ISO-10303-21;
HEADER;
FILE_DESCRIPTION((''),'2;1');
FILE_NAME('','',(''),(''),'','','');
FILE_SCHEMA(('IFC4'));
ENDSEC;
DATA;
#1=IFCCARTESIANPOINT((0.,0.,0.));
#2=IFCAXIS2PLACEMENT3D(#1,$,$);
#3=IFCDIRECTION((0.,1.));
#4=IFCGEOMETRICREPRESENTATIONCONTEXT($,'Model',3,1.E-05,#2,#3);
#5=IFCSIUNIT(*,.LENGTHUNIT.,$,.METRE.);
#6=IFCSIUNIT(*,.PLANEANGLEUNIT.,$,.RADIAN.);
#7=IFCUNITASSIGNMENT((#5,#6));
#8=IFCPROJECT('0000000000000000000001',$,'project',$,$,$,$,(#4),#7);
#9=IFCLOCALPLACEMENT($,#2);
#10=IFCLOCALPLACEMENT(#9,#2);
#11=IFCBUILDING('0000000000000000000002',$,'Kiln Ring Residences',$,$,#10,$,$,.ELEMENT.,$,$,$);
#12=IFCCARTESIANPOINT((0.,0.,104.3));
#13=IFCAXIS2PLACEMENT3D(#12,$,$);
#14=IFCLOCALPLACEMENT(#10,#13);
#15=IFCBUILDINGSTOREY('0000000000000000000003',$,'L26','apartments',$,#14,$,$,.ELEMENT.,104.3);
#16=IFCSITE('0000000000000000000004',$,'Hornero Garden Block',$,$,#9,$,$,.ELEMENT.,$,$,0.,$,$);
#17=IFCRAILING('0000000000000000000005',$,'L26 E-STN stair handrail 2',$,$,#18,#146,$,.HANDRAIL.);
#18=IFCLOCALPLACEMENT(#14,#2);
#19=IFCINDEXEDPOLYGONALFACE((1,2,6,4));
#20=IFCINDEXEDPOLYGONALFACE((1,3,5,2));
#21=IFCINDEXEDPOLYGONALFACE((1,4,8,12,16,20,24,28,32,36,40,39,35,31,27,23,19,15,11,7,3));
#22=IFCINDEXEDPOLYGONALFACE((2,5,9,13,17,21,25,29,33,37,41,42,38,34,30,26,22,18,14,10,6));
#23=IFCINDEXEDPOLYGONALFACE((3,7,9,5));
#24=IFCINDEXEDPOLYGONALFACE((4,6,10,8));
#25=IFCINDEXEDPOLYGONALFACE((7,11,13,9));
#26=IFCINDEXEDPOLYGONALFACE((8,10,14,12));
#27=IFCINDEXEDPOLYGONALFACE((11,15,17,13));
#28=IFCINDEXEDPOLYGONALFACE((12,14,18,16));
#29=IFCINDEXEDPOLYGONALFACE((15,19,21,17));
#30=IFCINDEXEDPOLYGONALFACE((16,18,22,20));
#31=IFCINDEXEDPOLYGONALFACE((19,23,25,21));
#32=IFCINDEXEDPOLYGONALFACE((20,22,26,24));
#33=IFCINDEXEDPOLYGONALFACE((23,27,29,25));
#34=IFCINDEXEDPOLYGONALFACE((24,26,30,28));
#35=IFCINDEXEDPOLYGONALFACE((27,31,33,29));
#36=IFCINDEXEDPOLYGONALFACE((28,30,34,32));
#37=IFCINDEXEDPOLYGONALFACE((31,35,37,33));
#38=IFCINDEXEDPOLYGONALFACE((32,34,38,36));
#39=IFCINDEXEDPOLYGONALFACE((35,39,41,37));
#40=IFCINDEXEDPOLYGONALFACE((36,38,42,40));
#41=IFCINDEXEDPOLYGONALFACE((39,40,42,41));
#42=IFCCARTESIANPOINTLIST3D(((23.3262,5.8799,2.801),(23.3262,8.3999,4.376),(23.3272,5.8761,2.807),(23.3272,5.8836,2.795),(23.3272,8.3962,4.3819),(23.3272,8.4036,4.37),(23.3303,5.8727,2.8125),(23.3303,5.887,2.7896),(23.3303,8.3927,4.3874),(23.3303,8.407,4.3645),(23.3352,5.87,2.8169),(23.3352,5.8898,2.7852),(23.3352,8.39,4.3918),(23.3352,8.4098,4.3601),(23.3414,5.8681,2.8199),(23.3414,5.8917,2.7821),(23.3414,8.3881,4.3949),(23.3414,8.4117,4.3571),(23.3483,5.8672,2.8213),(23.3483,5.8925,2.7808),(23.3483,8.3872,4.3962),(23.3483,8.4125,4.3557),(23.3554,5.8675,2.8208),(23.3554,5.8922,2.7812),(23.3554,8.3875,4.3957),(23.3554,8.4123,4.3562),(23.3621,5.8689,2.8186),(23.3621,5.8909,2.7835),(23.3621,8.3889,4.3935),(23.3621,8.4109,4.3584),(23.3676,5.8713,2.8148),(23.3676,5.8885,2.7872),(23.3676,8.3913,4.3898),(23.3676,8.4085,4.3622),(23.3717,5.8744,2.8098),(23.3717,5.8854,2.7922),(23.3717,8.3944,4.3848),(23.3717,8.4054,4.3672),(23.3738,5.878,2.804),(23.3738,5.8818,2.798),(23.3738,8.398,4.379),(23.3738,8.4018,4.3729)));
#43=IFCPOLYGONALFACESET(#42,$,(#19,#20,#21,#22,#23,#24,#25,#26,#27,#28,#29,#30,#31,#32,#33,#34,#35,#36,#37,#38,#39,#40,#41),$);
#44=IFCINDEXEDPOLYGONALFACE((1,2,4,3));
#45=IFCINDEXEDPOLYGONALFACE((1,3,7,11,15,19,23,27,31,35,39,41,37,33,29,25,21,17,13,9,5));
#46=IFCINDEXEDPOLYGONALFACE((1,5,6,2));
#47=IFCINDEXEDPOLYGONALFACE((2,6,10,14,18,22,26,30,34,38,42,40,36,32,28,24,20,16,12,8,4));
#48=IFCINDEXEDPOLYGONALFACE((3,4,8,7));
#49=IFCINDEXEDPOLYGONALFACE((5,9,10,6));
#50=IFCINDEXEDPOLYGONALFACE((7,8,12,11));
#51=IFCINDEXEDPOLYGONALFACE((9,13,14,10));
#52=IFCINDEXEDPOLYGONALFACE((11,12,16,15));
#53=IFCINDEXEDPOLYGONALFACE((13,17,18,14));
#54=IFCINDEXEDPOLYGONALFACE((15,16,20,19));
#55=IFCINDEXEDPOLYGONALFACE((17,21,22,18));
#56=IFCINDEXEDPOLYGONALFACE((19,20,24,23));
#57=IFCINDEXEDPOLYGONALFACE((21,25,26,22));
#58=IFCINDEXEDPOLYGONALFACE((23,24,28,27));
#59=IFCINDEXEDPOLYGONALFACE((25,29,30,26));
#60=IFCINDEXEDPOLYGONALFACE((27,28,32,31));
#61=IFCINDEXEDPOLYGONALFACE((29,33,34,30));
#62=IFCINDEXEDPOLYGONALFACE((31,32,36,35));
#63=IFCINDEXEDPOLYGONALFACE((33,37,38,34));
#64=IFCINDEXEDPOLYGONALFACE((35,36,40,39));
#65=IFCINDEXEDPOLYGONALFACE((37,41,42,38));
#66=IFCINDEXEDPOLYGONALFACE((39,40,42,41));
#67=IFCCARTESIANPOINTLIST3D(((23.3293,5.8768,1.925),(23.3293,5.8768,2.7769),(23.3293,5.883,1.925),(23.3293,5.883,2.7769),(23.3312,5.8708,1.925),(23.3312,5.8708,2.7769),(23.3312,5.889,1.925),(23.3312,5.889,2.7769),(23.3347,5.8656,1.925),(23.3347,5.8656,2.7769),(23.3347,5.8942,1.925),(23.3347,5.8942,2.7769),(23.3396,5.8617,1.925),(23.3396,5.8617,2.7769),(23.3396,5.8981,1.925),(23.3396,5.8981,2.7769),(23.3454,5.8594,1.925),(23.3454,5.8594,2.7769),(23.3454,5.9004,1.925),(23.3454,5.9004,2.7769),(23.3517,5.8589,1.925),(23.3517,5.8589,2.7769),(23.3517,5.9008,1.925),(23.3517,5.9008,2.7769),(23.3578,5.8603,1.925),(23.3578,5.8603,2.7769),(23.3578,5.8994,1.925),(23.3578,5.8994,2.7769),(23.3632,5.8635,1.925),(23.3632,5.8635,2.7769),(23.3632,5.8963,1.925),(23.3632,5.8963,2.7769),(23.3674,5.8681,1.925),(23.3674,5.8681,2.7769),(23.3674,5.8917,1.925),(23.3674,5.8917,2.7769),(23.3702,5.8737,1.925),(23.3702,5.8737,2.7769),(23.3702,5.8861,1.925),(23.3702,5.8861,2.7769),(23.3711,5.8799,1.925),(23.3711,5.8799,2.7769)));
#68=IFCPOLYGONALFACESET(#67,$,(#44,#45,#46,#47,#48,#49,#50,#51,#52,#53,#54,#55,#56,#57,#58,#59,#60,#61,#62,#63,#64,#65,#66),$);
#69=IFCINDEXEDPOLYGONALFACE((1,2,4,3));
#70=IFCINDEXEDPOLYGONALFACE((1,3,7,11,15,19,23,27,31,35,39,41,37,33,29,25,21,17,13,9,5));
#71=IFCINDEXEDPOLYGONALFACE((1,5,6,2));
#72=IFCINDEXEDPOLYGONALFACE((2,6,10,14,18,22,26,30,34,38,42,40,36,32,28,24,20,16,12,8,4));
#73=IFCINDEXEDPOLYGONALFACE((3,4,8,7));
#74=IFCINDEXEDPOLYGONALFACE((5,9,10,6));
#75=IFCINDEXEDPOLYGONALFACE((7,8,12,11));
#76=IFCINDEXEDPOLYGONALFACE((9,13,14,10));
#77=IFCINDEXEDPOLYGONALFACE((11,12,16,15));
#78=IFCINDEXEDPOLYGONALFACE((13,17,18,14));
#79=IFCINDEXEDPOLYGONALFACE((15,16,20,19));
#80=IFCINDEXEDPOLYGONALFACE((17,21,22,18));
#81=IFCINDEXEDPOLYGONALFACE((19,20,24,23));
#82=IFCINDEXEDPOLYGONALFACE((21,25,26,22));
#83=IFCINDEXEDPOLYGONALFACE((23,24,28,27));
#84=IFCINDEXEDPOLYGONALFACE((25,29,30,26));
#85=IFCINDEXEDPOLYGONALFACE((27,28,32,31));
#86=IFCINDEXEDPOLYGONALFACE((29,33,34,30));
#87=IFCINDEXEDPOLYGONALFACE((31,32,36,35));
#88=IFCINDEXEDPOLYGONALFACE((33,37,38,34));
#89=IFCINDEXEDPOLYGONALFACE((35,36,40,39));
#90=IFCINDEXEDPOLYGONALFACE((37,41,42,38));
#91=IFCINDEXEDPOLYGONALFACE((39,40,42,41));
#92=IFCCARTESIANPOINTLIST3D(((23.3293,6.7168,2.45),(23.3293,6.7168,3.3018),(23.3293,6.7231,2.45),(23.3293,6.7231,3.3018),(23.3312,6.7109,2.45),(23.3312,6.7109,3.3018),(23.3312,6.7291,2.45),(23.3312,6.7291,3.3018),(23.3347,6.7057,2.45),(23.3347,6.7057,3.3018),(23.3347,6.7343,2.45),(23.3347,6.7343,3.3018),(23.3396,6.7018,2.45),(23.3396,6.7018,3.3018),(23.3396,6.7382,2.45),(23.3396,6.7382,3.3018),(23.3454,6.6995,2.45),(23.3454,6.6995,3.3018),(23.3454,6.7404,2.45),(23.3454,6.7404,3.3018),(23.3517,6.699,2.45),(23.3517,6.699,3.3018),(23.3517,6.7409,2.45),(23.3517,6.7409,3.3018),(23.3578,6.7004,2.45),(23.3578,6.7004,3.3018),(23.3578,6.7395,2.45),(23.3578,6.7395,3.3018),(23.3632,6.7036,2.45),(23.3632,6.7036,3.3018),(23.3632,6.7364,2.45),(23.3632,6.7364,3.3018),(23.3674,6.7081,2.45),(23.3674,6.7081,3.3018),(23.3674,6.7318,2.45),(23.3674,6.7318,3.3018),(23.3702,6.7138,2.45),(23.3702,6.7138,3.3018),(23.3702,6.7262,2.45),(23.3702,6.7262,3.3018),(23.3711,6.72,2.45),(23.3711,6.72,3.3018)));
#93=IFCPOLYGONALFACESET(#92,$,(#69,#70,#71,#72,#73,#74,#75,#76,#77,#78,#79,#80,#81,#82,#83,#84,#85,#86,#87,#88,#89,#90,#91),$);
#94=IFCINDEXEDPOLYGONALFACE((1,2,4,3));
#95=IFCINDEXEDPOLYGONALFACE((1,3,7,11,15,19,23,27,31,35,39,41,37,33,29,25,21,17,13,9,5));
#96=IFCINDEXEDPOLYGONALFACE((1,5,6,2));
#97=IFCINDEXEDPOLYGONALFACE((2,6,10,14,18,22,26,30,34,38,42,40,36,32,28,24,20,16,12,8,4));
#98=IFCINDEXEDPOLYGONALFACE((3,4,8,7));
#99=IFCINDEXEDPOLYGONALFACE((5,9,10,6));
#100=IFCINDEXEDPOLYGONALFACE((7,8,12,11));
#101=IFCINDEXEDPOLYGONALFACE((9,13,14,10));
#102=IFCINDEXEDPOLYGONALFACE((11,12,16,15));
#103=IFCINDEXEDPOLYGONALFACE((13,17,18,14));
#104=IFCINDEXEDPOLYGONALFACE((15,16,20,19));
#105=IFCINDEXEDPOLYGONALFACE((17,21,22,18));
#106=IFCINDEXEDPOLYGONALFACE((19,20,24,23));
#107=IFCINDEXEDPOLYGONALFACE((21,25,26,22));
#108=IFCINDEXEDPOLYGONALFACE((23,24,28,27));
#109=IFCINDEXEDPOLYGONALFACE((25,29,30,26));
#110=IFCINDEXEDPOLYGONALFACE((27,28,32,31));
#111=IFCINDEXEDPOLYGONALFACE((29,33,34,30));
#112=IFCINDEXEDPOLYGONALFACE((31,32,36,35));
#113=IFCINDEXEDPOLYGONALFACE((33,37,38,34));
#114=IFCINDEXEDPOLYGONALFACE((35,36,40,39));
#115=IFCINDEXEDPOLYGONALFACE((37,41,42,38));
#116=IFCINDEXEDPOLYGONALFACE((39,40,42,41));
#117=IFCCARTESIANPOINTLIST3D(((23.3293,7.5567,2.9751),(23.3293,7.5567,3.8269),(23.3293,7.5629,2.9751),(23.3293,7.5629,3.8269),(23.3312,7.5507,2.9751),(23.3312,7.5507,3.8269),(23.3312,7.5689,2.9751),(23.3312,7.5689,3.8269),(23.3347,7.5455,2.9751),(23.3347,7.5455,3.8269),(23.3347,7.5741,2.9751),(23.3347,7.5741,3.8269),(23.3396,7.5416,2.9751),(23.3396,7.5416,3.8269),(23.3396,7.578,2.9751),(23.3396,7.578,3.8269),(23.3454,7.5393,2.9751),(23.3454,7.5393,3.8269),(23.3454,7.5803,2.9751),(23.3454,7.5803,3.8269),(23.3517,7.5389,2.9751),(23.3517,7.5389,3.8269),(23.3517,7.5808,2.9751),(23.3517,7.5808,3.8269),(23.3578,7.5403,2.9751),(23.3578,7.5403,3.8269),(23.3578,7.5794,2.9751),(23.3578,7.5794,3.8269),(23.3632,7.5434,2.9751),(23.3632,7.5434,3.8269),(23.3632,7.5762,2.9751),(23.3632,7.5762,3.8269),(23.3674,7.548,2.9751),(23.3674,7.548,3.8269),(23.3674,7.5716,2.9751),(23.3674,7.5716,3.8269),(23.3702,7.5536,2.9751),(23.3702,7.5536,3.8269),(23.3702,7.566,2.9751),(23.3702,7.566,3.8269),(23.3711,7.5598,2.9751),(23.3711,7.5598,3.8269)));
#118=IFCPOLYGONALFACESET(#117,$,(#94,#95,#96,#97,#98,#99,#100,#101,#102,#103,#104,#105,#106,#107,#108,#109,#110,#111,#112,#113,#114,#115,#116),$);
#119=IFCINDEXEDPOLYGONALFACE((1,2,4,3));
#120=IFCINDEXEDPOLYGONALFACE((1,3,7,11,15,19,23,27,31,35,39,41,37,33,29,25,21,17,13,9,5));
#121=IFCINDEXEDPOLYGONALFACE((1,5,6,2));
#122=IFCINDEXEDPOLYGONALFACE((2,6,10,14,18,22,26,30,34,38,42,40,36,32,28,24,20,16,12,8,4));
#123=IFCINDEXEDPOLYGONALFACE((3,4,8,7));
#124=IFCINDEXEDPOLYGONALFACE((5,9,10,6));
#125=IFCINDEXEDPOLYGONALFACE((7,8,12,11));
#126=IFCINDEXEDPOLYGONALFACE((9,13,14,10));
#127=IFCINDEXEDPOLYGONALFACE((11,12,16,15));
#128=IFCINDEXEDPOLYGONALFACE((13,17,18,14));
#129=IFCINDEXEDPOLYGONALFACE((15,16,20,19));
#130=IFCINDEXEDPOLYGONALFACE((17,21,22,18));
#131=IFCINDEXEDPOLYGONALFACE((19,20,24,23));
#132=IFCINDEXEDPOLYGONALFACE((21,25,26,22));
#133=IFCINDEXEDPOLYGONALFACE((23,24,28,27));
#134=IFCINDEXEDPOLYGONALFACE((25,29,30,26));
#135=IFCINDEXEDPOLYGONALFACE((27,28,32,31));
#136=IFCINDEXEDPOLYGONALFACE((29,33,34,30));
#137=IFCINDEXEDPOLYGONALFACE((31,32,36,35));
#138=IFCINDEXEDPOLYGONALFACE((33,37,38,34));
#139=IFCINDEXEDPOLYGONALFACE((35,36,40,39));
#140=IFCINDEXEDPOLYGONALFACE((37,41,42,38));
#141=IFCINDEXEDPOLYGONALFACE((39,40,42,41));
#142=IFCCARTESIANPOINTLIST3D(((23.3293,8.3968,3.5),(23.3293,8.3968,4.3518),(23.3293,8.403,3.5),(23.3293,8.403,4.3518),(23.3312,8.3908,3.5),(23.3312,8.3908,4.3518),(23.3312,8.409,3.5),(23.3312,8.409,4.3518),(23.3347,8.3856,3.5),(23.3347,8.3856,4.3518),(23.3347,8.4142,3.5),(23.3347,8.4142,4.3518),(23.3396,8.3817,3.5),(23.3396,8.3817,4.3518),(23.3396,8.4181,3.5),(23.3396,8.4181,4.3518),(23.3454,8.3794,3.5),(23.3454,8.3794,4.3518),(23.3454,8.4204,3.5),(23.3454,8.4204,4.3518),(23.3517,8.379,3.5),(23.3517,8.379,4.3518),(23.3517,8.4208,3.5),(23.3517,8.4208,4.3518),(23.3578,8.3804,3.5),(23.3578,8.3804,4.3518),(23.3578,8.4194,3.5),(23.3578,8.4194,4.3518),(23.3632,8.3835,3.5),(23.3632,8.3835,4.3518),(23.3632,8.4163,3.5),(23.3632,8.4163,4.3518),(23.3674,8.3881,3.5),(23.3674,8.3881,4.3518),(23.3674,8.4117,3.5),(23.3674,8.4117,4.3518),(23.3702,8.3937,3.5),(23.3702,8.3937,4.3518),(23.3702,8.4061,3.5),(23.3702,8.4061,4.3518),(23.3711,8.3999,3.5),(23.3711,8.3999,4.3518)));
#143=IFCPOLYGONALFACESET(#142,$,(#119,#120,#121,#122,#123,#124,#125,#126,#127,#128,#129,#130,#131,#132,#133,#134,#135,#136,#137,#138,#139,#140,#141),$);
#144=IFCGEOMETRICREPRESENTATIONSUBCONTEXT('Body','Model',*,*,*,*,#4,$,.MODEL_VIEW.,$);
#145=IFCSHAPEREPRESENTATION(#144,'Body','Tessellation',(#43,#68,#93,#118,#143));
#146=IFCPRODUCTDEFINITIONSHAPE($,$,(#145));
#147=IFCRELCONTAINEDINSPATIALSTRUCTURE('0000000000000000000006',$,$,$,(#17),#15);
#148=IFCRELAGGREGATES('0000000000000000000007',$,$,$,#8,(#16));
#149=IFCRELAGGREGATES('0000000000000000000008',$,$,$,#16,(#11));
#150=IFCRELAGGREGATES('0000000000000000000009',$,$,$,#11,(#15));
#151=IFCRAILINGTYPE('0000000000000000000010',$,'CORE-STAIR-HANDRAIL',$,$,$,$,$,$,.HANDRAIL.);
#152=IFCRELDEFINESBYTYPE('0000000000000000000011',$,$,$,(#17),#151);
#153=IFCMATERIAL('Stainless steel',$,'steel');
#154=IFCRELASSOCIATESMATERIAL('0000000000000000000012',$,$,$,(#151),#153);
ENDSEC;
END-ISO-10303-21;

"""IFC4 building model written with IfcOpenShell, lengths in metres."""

from ifc_helpers import new_model, si_unit, direction, frame, origin, origin_2d, place, context, subcontext, project, spatial, circle, extrude, material, type_object, element, save


model = new_model("IFC4")

# Units and contexts
model_context = context("Model", 3, precision=1e-05, world=origin(), true_north=direction((0.0, 1.0)))
body_context = subcontext(model_context, "Body", "Model", "MODEL_VIEW")
ifc_project = project(units=[si_unit("LENGTHUNIT", "METRE"), si_unit("PLANEANGLEUNIT", "RADIAN")], contexts=[model_context])

# Site, building, storey
site_placement = place(None, origin())
site = spatial("IfcSite", under=ifc_project, at=site_placement, Name="Hornero Garden Block", CompositionType="ELEMENT", RefElevation=0.0)
building_placement = place(site_placement, origin())
building = spatial("IfcBuilding", under=site, at=building_placement, Name="Kiln Ring Residences", CompositionType="ELEMENT")
storey_placement = place(building_placement, frame((0.0, 0.0, 104.3)))
storey = spatial("IfcBuildingStorey", under=building, at=storey_placement, Name="L26", Description="apartments", CompositionType="ELEMENT", Elevation=104.3)

# Railing
ifc_material_1 = material(Name="Stainless steel", Category="steel")
railing_type_1 = type_object("IfcRailingType", Name="CORE-STAIR-HANDRAIL", PredefinedType="HANDRAIL", material=ifc_material_1)
railing_1_placement = place(storey_placement, frame((23.3501, 5.8799, 1.925)))
element("IfcRailing", 1, at=railing_1_placement, inside=storey, type_object=railing_type_1, Name="L26 E-STN stair handrail 2", PredefinedType="HANDRAIL", context=body_context, shape_type="SweptSolid", body=[
    extrude(circle(Radius=0.0239, at=origin_2d()), frame((0.0, 0.0, 0.876), z_axis=(0.0, 0.848008, 0.529984), x_axis=(-1.0, 0.0, 0.0)), (0.0, 0.0, 1.0), 2.9717),
    extrude(circle(Radius=0.021, at=origin_2d()), origin(), (0.0, 0.0, 1.0), 0.8518),
    extrude(circle(Radius=0.021, at=origin_2d()), frame((0.0, 0.8401, 0.5249)), (0.0, 0.0, 1.0), 0.8518),
    extrude(circle(Radius=0.021, at=origin_2d()), frame((0.0, 1.6799, 1.05)), (0.0, 0.0, 1.0), 0.8518),
    extrude(circle(Radius=0.021, at=origin_2d()), frame((0.0, 2.52, 1.575)), (0.0, 0.0, 1.0), 0.8518),
])

save(model, "model.ifc")
